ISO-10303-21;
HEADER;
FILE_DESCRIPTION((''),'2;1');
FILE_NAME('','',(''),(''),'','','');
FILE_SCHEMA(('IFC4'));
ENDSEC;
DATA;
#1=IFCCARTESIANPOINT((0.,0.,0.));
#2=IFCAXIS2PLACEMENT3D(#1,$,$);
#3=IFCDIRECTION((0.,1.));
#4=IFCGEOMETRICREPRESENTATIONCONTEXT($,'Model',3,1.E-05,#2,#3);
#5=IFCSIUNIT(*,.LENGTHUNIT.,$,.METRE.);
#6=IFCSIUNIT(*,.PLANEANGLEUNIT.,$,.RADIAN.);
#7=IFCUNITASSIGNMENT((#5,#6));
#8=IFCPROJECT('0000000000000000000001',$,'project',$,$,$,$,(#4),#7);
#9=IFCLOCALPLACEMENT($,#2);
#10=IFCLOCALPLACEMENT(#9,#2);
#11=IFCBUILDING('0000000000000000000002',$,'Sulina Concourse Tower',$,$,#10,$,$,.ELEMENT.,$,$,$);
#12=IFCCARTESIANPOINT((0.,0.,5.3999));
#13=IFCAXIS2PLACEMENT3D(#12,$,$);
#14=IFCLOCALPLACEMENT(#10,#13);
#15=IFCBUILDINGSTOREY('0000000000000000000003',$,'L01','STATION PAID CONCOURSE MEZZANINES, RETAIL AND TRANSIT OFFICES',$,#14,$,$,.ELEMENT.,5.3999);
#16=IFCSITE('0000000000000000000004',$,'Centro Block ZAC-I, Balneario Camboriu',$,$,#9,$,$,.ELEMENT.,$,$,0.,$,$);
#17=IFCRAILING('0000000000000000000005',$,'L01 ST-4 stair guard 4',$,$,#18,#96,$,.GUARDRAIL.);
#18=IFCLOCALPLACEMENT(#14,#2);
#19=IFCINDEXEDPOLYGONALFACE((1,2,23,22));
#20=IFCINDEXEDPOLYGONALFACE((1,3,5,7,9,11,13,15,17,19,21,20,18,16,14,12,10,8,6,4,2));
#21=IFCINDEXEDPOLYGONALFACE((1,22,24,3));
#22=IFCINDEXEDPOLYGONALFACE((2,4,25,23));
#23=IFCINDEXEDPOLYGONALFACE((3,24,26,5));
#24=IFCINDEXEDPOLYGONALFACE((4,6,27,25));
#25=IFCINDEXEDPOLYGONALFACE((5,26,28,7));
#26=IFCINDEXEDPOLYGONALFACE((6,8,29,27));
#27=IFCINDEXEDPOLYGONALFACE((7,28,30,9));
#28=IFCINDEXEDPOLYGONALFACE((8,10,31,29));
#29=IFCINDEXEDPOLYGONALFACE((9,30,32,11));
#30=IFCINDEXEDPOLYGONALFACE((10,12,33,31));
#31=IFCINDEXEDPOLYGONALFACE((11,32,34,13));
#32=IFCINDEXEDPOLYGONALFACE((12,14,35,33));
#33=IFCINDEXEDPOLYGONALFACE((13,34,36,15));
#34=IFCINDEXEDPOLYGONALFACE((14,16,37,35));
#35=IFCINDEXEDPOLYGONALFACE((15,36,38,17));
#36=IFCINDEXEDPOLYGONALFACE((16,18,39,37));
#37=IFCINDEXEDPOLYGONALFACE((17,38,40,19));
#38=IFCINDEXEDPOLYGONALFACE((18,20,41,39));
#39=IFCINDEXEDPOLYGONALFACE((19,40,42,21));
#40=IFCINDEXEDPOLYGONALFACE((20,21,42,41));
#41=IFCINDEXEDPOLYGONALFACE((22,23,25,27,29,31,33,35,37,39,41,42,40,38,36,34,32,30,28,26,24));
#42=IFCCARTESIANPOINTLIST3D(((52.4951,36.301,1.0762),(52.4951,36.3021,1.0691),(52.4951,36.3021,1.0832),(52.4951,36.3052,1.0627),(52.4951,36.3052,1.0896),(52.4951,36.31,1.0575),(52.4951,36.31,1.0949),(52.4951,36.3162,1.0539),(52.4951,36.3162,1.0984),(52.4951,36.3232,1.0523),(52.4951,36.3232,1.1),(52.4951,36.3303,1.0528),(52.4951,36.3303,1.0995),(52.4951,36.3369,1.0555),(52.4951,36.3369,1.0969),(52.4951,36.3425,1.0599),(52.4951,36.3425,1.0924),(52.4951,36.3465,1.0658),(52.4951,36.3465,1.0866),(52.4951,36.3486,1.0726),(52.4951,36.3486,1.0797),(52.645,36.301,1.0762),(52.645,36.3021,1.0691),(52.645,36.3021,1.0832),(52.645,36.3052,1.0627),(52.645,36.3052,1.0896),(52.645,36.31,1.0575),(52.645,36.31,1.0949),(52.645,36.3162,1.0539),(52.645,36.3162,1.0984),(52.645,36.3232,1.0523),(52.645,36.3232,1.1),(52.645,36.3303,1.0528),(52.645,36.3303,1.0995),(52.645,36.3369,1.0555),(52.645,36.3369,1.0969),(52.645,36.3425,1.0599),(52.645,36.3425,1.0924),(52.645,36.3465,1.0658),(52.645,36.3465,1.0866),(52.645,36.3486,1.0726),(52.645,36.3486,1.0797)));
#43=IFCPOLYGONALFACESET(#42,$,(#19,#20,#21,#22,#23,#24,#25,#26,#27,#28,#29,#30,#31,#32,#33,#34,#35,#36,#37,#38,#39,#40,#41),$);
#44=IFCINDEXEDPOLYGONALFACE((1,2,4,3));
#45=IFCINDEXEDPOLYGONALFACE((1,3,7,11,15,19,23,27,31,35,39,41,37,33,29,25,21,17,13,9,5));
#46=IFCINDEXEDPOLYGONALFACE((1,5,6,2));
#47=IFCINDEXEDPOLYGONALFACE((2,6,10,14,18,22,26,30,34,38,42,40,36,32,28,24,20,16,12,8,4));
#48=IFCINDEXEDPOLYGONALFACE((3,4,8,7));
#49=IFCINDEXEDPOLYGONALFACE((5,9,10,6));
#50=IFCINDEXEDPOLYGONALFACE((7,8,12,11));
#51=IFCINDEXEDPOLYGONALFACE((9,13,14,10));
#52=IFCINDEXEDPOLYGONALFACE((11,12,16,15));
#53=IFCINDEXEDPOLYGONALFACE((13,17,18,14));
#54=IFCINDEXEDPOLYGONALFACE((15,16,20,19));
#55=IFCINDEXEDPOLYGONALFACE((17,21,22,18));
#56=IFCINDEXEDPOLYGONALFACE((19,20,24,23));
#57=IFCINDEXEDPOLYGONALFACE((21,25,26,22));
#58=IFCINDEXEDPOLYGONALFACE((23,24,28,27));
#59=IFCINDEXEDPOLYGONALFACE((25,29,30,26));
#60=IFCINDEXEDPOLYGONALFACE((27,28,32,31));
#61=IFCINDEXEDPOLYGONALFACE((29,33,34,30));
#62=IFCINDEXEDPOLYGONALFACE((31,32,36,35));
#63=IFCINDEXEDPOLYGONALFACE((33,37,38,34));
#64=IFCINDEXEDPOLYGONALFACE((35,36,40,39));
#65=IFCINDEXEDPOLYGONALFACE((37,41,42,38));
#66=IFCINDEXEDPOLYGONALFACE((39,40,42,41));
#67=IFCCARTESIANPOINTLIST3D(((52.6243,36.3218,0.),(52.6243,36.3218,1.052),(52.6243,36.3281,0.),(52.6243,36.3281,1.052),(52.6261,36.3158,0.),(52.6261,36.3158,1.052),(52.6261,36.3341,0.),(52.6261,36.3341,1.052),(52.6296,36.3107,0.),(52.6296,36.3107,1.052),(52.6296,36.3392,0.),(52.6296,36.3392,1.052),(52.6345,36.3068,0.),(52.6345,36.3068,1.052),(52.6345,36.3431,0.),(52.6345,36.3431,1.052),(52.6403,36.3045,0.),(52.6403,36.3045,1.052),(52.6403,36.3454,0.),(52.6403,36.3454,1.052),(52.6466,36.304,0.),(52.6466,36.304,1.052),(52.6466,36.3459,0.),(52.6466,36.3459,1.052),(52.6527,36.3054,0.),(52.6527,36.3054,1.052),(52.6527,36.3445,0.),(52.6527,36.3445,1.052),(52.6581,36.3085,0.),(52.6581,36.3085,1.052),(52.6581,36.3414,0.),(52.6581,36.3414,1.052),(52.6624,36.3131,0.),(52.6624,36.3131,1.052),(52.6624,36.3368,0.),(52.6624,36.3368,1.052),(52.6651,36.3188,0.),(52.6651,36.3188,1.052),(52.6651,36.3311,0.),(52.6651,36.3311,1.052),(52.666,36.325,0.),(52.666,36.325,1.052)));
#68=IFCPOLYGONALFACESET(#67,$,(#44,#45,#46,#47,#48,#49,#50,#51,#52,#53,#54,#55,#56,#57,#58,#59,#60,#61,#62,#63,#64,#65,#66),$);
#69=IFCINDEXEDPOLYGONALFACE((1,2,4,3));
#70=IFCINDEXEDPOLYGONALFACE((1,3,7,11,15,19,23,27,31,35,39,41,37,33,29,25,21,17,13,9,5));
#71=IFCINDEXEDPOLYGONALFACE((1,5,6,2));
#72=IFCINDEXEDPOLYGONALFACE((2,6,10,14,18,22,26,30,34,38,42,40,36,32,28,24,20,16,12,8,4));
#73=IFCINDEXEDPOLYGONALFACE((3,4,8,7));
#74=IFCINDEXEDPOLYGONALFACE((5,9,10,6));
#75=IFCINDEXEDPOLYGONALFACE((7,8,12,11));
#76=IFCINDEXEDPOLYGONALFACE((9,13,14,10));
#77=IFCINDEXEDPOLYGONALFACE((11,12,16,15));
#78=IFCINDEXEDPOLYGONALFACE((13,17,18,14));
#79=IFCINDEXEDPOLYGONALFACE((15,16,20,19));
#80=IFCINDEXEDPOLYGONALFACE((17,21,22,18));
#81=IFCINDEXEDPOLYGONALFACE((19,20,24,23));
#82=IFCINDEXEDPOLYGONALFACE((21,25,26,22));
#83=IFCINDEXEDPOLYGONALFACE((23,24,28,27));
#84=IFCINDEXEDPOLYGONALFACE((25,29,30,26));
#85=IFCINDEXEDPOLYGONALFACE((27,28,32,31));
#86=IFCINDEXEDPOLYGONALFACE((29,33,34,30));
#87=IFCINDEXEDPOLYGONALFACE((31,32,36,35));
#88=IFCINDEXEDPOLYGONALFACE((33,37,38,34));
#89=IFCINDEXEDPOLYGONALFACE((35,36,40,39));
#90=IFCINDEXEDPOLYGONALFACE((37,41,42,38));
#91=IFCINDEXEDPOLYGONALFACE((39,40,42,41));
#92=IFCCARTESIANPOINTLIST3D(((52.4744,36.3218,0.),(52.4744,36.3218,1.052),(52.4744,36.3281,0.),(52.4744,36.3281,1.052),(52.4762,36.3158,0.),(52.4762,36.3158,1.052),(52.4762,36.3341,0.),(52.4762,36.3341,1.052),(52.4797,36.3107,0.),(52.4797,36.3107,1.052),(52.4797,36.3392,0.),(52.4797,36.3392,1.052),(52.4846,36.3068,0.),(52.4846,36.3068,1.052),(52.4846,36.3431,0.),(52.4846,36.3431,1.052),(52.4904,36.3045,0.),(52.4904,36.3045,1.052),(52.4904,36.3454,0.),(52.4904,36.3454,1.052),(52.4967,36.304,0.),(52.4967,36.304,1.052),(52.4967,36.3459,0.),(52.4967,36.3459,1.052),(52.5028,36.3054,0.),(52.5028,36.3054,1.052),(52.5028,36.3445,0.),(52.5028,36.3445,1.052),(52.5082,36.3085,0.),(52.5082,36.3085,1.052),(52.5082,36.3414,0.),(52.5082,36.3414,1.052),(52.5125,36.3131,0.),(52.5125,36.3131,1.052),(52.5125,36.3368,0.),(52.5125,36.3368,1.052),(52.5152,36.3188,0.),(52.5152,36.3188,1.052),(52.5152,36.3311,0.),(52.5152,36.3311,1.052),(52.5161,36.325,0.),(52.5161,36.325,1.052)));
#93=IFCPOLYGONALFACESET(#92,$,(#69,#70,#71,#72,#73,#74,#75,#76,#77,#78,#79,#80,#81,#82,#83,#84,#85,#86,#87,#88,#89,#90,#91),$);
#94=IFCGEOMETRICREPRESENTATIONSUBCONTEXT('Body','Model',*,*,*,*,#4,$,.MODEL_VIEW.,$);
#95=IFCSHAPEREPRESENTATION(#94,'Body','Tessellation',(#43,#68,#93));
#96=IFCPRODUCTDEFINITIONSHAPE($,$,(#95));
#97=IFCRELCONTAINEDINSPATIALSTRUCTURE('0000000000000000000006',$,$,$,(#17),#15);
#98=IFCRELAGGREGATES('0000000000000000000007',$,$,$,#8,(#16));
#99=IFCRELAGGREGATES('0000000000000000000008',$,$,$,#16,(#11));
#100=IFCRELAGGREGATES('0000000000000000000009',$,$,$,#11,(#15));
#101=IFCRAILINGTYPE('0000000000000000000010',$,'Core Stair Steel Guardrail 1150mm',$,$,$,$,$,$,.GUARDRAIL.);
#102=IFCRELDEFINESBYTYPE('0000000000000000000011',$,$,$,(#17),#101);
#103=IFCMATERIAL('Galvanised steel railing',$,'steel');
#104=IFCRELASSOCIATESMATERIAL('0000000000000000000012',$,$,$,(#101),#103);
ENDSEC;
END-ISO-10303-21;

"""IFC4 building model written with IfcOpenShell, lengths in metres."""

from ifc_helpers import new_model, si_unit, direction, frame, origin, origin_2d, place, context, subcontext, project, spatial, circle, extrude, material, type_object, element, save


model = new_model("IFC4")

# Units and contexts
model_context = context("Model", 3, precision=1e-05, world=origin(), true_north=direction((0.0, 1.0)))
body_context = subcontext(model_context, "Body", "Model", "MODEL_VIEW")
ifc_project = project(units=[si_unit("LENGTHUNIT", "METRE"), si_unit("PLANEANGLEUNIT", "RADIAN")], contexts=[model_context])

# Site, building, storey
site_placement = place(None, origin())
site = spatial("IfcSite", under=ifc_project, at=site_placement, Name="Centro Block ZAC-I, Balneario Camboriu", CompositionType="ELEMENT", RefElevation=0.0)
building_placement = place(site_placement, origin())
building = spatial("IfcBuilding", under=site, at=building_placement, Name="Sulina Concourse Tower", CompositionType="ELEMENT")
storey_placement = place(building_placement, frame((0.0, 0.0, 5.3999)))
storey = spatial("IfcBuildingStorey", under=building, at=storey_placement, Name="L01", Description="STATION PAID CONCOURSE MEZZANINES, RETAIL AND TRANSIT OFFICES", CompositionType="ELEMENT", Elevation=5.3999)

# Railing
ifc_material_1 = material(Name="Galvanised steel railing", Category="steel")
railing_type_1 = type_object("IfcRailingType", Name="Core Stair Steel Guardrail 1150mm", PredefinedType="GUARDRAIL", material=ifc_material_1)
railing_1_placement = place(storey_placement, frame((52.645, 36.325, 0.0)))
element("IfcRailing", 1, at=railing_1_placement, inside=storey, type_object=railing_type_1, Name="L01 ST-4 stair guard 4", PredefinedType="GUARDRAIL", context=body_context, shape_type="SweptSolid", body=[
    extrude(circle(Radius=0.0239, at=origin_2d()), frame((0.0, 0.0, 1.0762), z_axis=(-1.0, 0.0, 0.0), x_axis=(0.0, -1.0, 0.0)), (0.0, 0.0, 1.0), 0.1499),
    extrude(circle(Radius=0.021, at=origin_2d()), origin(), (0.0, 0.0, 1.0), 1.052),
    extrude(circle(Radius=0.021, at=origin_2d()), frame((-0.1499, 0.0, 0.0)), (0.0, 0.0, 1.0), 1.052),
])

save(model, "model.ifc")
